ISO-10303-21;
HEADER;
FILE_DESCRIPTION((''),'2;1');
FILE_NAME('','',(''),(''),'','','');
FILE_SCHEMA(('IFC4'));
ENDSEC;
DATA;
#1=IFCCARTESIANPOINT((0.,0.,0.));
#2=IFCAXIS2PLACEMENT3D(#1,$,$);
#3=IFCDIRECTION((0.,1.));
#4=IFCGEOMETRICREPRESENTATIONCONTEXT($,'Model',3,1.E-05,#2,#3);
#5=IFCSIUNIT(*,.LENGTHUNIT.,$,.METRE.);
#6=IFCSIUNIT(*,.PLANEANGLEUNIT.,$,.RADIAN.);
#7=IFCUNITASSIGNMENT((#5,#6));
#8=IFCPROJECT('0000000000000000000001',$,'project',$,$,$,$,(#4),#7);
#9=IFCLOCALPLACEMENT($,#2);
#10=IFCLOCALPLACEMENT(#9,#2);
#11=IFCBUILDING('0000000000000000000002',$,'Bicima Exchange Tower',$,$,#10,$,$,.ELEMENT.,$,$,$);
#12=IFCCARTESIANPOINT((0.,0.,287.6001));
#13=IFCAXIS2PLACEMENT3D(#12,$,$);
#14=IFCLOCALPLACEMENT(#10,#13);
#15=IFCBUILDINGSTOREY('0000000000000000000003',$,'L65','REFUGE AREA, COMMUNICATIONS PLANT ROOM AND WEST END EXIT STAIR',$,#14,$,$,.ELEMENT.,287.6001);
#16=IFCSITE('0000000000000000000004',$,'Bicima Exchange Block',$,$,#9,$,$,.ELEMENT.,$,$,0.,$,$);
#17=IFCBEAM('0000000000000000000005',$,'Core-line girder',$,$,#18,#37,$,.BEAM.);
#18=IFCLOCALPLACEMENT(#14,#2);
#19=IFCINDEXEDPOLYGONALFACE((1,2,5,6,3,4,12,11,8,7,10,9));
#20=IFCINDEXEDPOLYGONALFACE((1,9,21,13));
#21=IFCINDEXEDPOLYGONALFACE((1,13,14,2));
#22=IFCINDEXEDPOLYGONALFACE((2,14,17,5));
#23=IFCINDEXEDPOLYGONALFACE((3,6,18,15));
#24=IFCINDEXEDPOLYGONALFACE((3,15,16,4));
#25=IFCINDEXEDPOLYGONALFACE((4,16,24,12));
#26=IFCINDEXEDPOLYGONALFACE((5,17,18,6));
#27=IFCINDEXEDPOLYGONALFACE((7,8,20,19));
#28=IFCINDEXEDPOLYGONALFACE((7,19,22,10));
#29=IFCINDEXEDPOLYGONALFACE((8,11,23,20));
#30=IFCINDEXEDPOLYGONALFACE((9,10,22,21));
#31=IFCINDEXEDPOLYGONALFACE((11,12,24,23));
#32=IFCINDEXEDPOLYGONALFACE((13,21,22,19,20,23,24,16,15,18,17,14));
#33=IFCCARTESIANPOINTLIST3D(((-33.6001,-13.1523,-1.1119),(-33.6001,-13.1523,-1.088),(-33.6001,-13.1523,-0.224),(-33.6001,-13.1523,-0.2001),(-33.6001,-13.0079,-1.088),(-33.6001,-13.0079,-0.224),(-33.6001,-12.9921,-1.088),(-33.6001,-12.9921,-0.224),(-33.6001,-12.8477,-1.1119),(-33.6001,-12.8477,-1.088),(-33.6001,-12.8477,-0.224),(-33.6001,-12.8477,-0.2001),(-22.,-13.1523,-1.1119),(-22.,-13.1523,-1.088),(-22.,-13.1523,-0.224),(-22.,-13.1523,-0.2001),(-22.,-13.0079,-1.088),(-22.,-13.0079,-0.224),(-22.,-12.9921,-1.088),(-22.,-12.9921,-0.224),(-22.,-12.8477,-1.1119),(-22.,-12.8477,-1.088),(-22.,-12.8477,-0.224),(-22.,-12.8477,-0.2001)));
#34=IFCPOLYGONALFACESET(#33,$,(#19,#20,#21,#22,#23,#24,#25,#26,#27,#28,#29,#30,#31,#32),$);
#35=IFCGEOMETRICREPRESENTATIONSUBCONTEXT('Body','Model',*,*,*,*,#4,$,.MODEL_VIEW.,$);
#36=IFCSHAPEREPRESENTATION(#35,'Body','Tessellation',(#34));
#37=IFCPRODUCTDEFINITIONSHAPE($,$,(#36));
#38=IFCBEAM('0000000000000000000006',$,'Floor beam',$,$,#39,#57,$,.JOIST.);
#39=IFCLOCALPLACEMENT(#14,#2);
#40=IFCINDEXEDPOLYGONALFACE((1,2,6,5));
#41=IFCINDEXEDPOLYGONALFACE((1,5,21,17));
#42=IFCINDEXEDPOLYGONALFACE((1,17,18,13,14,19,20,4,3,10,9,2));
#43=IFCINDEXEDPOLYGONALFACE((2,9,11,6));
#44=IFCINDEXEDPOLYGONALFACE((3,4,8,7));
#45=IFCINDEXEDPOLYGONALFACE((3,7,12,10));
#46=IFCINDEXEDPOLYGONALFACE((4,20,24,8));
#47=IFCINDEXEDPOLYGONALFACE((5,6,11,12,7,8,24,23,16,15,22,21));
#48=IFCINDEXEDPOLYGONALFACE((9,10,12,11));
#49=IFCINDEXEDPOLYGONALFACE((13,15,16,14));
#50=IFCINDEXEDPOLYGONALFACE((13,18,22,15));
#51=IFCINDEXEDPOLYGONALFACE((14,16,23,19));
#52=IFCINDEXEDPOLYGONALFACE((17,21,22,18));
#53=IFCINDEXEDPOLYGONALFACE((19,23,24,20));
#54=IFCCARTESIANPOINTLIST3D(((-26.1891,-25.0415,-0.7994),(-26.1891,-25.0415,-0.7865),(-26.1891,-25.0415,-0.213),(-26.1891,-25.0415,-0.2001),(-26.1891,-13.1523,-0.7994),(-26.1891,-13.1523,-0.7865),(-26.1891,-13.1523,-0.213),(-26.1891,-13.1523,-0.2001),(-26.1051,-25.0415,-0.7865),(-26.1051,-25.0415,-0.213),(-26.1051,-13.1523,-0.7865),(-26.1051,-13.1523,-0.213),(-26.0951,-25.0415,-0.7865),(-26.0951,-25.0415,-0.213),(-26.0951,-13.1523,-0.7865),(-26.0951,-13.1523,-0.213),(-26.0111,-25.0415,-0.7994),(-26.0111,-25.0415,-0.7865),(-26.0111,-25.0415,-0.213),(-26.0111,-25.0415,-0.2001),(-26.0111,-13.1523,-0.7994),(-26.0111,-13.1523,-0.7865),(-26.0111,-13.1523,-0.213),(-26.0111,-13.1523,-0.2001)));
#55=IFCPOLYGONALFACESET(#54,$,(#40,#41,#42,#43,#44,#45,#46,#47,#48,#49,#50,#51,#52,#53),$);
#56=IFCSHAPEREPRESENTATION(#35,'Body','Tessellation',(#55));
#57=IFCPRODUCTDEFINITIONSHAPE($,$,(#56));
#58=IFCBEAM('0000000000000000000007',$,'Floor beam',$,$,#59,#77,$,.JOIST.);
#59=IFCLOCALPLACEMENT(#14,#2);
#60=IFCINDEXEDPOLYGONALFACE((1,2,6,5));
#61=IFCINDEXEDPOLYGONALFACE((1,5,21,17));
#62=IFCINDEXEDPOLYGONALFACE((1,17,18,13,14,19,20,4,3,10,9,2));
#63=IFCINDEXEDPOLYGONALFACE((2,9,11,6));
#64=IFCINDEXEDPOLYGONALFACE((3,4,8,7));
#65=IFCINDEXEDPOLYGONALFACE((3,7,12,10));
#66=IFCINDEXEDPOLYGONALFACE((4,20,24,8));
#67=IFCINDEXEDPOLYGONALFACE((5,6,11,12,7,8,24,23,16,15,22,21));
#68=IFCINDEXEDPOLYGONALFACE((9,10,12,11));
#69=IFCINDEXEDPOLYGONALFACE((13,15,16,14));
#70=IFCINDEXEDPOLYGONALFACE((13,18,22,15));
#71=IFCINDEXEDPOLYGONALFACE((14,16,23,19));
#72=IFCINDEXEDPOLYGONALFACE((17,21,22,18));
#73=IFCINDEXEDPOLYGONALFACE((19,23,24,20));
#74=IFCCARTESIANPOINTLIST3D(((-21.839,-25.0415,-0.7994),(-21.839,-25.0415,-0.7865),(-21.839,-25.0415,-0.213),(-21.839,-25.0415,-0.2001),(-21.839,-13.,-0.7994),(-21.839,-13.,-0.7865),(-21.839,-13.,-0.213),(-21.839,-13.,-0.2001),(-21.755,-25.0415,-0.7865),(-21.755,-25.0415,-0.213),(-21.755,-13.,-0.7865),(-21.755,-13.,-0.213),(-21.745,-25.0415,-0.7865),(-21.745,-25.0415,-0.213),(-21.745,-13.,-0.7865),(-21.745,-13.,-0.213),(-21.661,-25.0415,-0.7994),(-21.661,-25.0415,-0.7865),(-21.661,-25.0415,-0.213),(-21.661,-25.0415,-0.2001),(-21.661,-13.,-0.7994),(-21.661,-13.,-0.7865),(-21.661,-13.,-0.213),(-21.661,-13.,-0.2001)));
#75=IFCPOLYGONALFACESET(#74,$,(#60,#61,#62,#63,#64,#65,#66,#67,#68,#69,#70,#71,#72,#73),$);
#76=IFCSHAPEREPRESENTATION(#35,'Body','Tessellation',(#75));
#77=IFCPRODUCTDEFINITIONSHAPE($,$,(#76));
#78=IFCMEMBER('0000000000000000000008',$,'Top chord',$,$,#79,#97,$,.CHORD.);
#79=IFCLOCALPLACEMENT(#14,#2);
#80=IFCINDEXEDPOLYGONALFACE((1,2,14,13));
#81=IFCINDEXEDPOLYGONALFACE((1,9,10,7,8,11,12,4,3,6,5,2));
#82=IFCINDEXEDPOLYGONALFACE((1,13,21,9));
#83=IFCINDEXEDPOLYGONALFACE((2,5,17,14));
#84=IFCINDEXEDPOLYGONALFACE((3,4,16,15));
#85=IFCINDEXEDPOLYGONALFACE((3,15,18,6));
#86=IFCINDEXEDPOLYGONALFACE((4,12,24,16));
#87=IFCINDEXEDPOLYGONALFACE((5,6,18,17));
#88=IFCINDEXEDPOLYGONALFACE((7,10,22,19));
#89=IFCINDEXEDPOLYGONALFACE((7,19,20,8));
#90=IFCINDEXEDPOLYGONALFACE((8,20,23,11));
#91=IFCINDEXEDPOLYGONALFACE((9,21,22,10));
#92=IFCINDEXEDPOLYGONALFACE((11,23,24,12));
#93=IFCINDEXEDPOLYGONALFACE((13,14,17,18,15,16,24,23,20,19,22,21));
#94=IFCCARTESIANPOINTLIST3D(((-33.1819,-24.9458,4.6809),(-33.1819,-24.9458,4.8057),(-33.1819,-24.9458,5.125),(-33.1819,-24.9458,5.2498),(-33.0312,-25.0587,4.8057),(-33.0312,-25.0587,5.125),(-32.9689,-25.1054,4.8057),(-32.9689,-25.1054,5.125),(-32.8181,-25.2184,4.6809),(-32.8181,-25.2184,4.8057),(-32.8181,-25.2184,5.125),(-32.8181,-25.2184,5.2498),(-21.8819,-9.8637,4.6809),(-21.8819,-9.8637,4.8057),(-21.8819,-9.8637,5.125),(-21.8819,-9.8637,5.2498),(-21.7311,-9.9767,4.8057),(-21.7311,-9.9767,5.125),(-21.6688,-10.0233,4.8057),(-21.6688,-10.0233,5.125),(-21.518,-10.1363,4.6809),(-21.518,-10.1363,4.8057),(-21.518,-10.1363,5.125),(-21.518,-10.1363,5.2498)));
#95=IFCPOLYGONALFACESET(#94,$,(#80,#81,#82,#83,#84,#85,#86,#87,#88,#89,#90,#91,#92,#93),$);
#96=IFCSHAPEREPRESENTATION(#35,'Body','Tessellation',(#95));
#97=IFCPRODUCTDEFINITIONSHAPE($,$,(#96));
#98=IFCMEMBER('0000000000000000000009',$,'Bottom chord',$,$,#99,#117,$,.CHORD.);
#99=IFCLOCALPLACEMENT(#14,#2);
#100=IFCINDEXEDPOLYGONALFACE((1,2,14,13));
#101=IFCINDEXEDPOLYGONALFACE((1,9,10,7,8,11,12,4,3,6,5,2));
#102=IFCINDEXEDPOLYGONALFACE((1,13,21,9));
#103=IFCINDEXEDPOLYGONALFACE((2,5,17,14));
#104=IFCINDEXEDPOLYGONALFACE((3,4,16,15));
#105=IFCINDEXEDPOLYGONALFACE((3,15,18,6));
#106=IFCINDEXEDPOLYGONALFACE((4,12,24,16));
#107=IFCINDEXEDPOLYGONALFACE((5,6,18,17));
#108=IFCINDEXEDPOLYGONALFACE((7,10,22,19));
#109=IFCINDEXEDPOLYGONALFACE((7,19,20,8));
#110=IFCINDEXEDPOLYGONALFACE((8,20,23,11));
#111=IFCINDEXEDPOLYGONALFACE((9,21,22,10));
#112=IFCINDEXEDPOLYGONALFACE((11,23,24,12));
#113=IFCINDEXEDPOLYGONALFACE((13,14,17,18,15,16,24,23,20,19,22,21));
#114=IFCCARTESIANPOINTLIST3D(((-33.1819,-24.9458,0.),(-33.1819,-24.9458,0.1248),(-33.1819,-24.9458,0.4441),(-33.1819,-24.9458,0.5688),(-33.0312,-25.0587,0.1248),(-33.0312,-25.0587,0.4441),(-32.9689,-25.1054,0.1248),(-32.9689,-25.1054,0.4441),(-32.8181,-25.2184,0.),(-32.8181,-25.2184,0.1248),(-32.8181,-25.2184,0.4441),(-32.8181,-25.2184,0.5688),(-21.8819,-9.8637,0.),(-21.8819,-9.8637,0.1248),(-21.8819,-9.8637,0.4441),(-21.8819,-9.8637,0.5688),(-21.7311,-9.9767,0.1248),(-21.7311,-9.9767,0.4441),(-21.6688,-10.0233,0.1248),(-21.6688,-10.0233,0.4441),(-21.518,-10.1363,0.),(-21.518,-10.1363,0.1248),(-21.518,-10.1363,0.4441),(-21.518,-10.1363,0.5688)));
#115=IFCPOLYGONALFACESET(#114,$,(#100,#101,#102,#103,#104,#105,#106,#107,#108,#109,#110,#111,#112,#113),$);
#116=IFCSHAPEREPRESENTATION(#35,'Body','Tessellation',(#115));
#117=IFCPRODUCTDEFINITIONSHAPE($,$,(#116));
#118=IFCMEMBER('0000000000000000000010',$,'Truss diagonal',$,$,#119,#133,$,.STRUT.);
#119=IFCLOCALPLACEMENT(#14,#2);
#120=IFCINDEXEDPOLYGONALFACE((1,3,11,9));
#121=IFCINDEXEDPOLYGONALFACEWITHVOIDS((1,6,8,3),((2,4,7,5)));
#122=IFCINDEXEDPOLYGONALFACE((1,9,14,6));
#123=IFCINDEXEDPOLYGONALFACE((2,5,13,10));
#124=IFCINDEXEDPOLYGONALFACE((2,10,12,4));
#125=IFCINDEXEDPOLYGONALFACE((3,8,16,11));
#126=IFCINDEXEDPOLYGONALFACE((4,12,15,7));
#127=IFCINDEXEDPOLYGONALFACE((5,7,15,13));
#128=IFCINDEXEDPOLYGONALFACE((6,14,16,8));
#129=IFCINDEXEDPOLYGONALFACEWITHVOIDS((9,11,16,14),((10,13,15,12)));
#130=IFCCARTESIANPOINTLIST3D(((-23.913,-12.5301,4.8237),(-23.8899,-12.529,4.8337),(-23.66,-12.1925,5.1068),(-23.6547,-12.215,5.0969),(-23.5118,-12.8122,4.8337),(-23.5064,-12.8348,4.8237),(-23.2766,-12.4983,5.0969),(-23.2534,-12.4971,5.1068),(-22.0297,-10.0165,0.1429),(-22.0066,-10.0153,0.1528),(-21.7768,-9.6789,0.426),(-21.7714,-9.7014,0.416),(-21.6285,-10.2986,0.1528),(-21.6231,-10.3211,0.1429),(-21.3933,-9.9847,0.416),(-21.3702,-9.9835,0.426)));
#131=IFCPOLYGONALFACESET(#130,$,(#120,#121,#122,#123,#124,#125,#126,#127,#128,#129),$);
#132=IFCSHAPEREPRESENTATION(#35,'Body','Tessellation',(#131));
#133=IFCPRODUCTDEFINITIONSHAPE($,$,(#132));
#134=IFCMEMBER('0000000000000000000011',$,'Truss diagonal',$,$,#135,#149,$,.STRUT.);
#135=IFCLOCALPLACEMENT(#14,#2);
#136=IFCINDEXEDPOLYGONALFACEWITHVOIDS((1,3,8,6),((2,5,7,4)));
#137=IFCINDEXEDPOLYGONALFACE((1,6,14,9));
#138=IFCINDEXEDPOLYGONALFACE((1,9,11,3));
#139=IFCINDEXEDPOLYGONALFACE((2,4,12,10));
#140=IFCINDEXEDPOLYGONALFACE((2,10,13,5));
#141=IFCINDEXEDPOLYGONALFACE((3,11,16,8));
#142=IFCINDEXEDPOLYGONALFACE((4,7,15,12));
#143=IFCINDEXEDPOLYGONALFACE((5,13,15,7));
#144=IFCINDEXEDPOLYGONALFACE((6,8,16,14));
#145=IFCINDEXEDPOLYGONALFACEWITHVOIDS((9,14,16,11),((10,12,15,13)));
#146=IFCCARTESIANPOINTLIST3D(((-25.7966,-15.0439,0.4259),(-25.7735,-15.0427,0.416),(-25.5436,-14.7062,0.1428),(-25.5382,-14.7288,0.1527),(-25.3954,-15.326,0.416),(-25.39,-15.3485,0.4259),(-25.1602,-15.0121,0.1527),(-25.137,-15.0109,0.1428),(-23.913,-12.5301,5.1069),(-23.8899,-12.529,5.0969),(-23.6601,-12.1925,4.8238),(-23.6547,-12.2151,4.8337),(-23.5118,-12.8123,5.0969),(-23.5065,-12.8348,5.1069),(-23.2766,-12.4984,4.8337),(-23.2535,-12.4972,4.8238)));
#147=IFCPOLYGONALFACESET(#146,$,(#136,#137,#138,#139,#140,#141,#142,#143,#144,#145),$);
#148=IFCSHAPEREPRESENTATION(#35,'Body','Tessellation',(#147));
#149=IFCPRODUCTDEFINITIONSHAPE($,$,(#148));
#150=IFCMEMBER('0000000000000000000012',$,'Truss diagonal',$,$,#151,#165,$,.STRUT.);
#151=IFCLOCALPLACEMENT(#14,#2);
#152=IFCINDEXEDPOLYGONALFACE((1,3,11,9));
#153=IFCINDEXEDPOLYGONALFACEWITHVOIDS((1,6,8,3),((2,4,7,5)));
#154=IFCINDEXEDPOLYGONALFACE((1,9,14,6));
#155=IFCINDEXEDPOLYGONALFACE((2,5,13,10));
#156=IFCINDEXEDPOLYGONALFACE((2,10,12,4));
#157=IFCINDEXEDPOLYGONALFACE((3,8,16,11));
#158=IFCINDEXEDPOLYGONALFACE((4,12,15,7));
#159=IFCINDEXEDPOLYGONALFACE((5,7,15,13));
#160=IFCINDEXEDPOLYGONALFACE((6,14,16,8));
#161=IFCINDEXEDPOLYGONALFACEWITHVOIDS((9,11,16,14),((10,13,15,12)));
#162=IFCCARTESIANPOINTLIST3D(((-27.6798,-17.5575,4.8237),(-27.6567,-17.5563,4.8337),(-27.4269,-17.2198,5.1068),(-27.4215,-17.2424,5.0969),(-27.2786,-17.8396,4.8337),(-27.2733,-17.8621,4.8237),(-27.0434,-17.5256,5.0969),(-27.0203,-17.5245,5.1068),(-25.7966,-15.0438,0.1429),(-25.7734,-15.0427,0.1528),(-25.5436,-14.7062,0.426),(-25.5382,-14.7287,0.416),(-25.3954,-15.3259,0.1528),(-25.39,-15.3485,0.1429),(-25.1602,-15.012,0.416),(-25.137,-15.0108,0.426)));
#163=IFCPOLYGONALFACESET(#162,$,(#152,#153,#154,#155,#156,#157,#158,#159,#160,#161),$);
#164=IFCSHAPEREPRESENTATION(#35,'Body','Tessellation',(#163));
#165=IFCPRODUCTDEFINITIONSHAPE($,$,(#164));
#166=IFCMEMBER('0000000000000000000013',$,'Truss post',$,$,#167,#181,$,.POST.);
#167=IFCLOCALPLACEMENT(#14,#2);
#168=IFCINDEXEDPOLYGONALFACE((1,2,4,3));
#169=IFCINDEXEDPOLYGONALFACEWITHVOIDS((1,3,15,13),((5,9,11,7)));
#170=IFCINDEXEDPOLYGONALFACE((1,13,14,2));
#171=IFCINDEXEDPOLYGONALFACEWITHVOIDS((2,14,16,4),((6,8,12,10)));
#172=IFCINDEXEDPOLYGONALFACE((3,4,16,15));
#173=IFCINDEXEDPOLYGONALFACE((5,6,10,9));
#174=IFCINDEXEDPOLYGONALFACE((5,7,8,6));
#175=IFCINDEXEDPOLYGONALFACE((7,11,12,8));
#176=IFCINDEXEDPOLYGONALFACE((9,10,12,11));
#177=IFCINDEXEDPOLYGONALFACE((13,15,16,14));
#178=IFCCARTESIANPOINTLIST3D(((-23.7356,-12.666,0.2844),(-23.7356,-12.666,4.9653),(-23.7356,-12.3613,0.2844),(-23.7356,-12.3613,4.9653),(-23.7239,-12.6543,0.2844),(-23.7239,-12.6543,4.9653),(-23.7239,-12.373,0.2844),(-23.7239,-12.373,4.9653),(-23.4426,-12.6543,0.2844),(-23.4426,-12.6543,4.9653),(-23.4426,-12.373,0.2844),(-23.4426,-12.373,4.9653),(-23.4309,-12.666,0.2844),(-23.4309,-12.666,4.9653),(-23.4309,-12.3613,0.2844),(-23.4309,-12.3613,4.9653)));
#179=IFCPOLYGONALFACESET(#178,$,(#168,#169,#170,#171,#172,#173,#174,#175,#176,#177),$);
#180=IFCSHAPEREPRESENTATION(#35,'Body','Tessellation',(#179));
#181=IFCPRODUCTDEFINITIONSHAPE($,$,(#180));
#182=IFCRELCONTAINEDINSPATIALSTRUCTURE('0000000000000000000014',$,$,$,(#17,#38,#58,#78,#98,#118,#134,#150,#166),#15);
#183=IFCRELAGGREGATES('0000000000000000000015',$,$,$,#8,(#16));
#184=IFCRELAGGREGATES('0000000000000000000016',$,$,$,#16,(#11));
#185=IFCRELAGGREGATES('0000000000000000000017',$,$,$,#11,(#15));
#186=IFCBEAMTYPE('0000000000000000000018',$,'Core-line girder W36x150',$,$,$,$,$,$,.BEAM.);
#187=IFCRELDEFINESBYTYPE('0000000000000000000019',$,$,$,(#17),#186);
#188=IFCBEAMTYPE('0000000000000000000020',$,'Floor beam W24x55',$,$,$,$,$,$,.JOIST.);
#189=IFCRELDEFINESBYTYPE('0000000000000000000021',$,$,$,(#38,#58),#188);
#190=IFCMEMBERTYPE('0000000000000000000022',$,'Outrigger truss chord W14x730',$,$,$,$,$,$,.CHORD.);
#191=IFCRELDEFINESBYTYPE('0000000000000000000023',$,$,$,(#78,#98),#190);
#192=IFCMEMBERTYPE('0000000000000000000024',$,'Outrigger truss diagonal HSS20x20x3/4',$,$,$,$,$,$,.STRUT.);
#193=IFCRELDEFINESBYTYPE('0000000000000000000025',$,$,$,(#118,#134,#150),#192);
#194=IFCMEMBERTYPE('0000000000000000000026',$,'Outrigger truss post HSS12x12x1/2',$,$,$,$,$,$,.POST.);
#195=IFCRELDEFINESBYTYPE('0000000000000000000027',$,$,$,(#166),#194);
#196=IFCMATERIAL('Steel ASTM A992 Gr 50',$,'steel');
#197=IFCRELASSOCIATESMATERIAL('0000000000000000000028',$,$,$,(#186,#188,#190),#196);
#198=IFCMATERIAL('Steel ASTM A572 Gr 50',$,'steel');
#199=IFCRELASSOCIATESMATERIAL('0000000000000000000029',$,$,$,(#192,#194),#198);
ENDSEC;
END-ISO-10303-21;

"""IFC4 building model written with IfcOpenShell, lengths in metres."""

from ifc_helpers import new_model, si_unit, direction, frame, origin, origin_2d, place, context, subcontext, project, spatial, hollow_rectangle, i_section, extrude, material, material_profile, profile_set, type_object, element, save


model = new_model("IFC4")

# Units and contexts
model_context = context("Model", 3, precision=1e-05, world=origin(), true_north=direction((0.0, 1.0)))
body_context = subcontext(model_context, "Body", "Model", "MODEL_VIEW")
ifc_project = project(units=[si_unit("LENGTHUNIT", "METRE"), si_unit("PLANEANGLEUNIT", "RADIAN")], contexts=[model_context])

# Site, building, storey
site_placement = place(None, origin())
site = spatial("IfcSite", under=ifc_project, at=site_placement, Name="Bicima Exchange Block", CompositionType="ELEMENT", RefElevation=0.0)
building_placement = place(site_placement, origin())
building = spatial("IfcBuilding", under=site, at=building_placement, Name="Bicima Exchange Tower", CompositionType="ELEMENT")
storey_placement = place(building_placement, frame((0.0, 0.0, 287.6001)))
storey = spatial("IfcBuildingStorey", under=building, at=storey_placement, Name="L65", Description="REFUGE AREA, COMMUNICATIONS PLANT ROOM AND WEST END EXIT STAIR", CompositionType="ELEMENT", Elevation=287.6001)

# Beams
ifc_material_1 = material(Name="Steel ASTM A992 Gr 50", Category="steel")
ifc_material_profile_1 = material_profile(ifc_material_1, i_section(OverallWidth=0.3047, OverallDepth=0.9119, WebThickness=0.0159, FlangeThickness=0.0239, at=origin_2d()))
ifc_profile_set_1 = profile_set([ifc_material_profile_1], Name="Steel ASTM A992 Gr 50")
beam_type_1 = type_object("IfcBeamType", Name="Core-line girder W36x150", PredefinedType="BEAM", material=ifc_profile_set_1)
beam_1_placement = place(storey_placement, frame((-22.0, -13.0, -0.656), z_axis=(-1.0, 0.0, 0.0), x_axis=(0.0, -1.0, 0.0)))
element("IfcBeam", 1, at=beam_1_placement, inside=storey, type_object=beam_type_1, Name="Core-line girder", PredefinedType="BEAM", context=body_context, shape_type="SweptSolid", body=[
    extrude(i_section(OverallWidth=0.3047, OverallDepth=0.9119, WebThickness=0.0159, FlangeThickness=0.0239, at=origin_2d()), origin(), (0.0, 0.0, 1.0), 11.6001),
])
ifc_material_profile_2 = material_profile(ifc_material_1, i_section(OverallWidth=0.178, OverallDepth=0.5994, WebThickness=0.01, FlangeThickness=0.0129, at=origin_2d()))
ifc_profile_set_2 = profile_set([ifc_material_profile_2], Name="Steel ASTM A992 Gr 50")
beam_type_2 = type_object("IfcBeamType", Name="Floor beam W24x55", PredefinedType="JOIST", material=ifc_profile_set_2)
beam_2_placement = place(storey_placement, frame((-26.1001, -13.1523, -0.4998), z_axis=(0.0, -1.0, 0.0), x_axis=(1.0, 0.0, 0.0)))
element("IfcBeam", 2, at=beam_2_placement, inside=storey, type_object=beam_type_2, Name="Floor beam", PredefinedType="JOIST", context=body_context, shape_type="SweptSolid", body=[
    extrude(i_section(OverallWidth=0.178, OverallDepth=0.5994, WebThickness=0.01, FlangeThickness=0.0129, at=origin_2d()), origin(), (0.0, 0.0, 1.0), 11.8892),
])
beam_3_placement = place(storey_placement, frame((-21.75, -13.0, -0.4998), z_axis=(0.0, -1.0, 0.0), x_axis=(1.0, 0.0, 0.0)))
element("IfcBeam", 3, at=beam_3_placement, inside=storey, type_object=beam_type_2, Name="Floor beam", PredefinedType="JOIST", context=body_context, shape_type="SweptSolid", body=[
    extrude(i_section(OverallWidth=0.178, OverallDepth=0.5994, WebThickness=0.01, FlangeThickness=0.0129, at=origin_2d()), origin(), (0.0, 0.0, 1.0), 12.0415),
])

# Members
ifc_material_profile_3 = material_profile(ifc_material_1, i_section(OverallWidth=0.4546, OverallDepth=0.5688, WebThickness=0.0779, FlangeThickness=0.1248, at=origin_2d()))
ifc_profile_set_3 = profile_set([ifc_material_profile_3], Name="Steel ASTM A992 Gr 50")
member_type_1 = type_object("IfcMemberType", Name="Outrigger truss chord W14x730", PredefinedType="CHORD", material=ifc_profile_set_3)
for number, where, z_axis, x_axis, name in (
    (4, (-21.7, -10.0, 4.9653), (-0.59961, -0.800292, 0.0), (0.800292, -0.59961, 0.0), "Top chord"),
    (5, (-21.7, -10.0, 0.2844), (-0.59961, -0.800292, 0.0), (0.800292, -0.59961, 0.0), "Bottom chord"),
):
    element("IfcMember", number, at=place(storey_placement, frame(where, z_axis=z_axis, x_axis=x_axis)), inside=storey, type_object=member_type_1, Name=name, PredefinedType="CHORD", context=body_context, shape_type="SweptSolid", body=[
        extrude(i_section(OverallWidth=0.4546, OverallDepth=0.5688, WebThickness=0.0779, FlangeThickness=0.1248, at=origin_2d()), origin(), (0.0, 0.0, 1.0), 18.8457),
    ])
ifc_material_2 = material(Name="Steel ASTM A572 Gr 50", Category="steel")
ifc_material_profile_4 = material_profile(ifc_material_2, hollow_rectangle(XDim=0.5081, YDim=0.5081, WallThickness=0.0178, at=origin_2d()))
ifc_profile_set_4 = profile_set([ifc_material_profile_4], Name="Steel ASTM A572 Gr 50")
member_type_2 = type_object("IfcMemberType", Name="Outrigger truss diagonal HSS20x20x3/4", PredefinedType="STRUT", material=ifc_profile_set_4)
member_1_placement = place(storey_placement, frame((-21.7, -10.0, 0.2844), z_axis=(-0.334094, -0.44592, 0.830383), x_axis=(0.800298, -0.599602, 0.0)))
element("IfcMember", 6, at=member_1_placement, inside=storey, type_object=member_type_2, Name="Truss diagonal", PredefinedType="STRUT", context=body_context, shape_type="SweptSolid", body=[
    extrude(hollow_rectangle(XDim=0.5081, YDim=0.5081, WallThickness=0.0178, at=origin_2d()), origin(), (0.0, 0.0, 1.0), 5.637),
])
member_2_placement = place(storey_placement, frame((-23.5833, -12.5137, 4.9653), z_axis=(-0.334132, -0.445914, -0.830371), x_axis=(0.800261, -0.599652, 0.0)))
element("IfcMember", 7, at=member_2_placement, inside=storey, type_object=member_type_2, Name="Truss diagonal", PredefinedType="STRUT", context=body_context, shape_type="SweptSolid", body=[
    extrude(hollow_rectangle(XDim=0.5081, YDim=0.5081, WallThickness=0.0178, at=origin_2d()), origin(), (0.0, 0.0, 1.0), 5.6372),
])
member_3_placement = place(storey_placement, frame((-25.4668, -15.0273, 0.2844), z_axis=(-0.334094, -0.44592, 0.830383), x_axis=(0.800298, -0.599602, 0.0)))
element("IfcMember", 8, at=member_3_placement, inside=storey, type_object=member_type_2, Name="Truss diagonal", PredefinedType="STRUT", context=body_context, shape_type="SweptSolid", body=[
    extrude(hollow_rectangle(XDim=0.5081, YDim=0.5081, WallThickness=0.0178, at=origin_2d()), origin(), (0.0, 0.0, 1.0), 5.637),
])
ifc_material_profile_5 = material_profile(ifc_material_2, hollow_rectangle(XDim=0.3047, YDim=0.3047, WallThickness=0.0117, at=origin_2d()))
ifc_profile_set_5 = profile_set([ifc_material_profile_5], Name="Steel ASTM A572 Gr 50")
member_type_3 = type_object("IfcMemberType", Name="Outrigger truss post HSS12x12x1/2", PredefinedType="POST", material=ifc_profile_set_5)
for number, where, z_axis, x_axis, name in (
    (9, (-23.5833, -12.5137, 0.2844), (0.0, 0.0, 1.0), (1.0, 0.0, 0.0), "Truss post"),
):
    element("IfcMember", number, at=place(storey_placement, frame(where, z_axis=z_axis, x_axis=x_axis)), inside=storey, type_object=member_type_3, Name=name, PredefinedType="POST", context=body_context, shape_type="SweptSolid", body=[
        extrude(hollow_rectangle(XDim=0.3047, YDim=0.3047, WallThickness=0.0117, at=origin_2d()), origin(), (0.0, 0.0, 1.0), 4.6809),
    ])

save(model, "model.ifc")
